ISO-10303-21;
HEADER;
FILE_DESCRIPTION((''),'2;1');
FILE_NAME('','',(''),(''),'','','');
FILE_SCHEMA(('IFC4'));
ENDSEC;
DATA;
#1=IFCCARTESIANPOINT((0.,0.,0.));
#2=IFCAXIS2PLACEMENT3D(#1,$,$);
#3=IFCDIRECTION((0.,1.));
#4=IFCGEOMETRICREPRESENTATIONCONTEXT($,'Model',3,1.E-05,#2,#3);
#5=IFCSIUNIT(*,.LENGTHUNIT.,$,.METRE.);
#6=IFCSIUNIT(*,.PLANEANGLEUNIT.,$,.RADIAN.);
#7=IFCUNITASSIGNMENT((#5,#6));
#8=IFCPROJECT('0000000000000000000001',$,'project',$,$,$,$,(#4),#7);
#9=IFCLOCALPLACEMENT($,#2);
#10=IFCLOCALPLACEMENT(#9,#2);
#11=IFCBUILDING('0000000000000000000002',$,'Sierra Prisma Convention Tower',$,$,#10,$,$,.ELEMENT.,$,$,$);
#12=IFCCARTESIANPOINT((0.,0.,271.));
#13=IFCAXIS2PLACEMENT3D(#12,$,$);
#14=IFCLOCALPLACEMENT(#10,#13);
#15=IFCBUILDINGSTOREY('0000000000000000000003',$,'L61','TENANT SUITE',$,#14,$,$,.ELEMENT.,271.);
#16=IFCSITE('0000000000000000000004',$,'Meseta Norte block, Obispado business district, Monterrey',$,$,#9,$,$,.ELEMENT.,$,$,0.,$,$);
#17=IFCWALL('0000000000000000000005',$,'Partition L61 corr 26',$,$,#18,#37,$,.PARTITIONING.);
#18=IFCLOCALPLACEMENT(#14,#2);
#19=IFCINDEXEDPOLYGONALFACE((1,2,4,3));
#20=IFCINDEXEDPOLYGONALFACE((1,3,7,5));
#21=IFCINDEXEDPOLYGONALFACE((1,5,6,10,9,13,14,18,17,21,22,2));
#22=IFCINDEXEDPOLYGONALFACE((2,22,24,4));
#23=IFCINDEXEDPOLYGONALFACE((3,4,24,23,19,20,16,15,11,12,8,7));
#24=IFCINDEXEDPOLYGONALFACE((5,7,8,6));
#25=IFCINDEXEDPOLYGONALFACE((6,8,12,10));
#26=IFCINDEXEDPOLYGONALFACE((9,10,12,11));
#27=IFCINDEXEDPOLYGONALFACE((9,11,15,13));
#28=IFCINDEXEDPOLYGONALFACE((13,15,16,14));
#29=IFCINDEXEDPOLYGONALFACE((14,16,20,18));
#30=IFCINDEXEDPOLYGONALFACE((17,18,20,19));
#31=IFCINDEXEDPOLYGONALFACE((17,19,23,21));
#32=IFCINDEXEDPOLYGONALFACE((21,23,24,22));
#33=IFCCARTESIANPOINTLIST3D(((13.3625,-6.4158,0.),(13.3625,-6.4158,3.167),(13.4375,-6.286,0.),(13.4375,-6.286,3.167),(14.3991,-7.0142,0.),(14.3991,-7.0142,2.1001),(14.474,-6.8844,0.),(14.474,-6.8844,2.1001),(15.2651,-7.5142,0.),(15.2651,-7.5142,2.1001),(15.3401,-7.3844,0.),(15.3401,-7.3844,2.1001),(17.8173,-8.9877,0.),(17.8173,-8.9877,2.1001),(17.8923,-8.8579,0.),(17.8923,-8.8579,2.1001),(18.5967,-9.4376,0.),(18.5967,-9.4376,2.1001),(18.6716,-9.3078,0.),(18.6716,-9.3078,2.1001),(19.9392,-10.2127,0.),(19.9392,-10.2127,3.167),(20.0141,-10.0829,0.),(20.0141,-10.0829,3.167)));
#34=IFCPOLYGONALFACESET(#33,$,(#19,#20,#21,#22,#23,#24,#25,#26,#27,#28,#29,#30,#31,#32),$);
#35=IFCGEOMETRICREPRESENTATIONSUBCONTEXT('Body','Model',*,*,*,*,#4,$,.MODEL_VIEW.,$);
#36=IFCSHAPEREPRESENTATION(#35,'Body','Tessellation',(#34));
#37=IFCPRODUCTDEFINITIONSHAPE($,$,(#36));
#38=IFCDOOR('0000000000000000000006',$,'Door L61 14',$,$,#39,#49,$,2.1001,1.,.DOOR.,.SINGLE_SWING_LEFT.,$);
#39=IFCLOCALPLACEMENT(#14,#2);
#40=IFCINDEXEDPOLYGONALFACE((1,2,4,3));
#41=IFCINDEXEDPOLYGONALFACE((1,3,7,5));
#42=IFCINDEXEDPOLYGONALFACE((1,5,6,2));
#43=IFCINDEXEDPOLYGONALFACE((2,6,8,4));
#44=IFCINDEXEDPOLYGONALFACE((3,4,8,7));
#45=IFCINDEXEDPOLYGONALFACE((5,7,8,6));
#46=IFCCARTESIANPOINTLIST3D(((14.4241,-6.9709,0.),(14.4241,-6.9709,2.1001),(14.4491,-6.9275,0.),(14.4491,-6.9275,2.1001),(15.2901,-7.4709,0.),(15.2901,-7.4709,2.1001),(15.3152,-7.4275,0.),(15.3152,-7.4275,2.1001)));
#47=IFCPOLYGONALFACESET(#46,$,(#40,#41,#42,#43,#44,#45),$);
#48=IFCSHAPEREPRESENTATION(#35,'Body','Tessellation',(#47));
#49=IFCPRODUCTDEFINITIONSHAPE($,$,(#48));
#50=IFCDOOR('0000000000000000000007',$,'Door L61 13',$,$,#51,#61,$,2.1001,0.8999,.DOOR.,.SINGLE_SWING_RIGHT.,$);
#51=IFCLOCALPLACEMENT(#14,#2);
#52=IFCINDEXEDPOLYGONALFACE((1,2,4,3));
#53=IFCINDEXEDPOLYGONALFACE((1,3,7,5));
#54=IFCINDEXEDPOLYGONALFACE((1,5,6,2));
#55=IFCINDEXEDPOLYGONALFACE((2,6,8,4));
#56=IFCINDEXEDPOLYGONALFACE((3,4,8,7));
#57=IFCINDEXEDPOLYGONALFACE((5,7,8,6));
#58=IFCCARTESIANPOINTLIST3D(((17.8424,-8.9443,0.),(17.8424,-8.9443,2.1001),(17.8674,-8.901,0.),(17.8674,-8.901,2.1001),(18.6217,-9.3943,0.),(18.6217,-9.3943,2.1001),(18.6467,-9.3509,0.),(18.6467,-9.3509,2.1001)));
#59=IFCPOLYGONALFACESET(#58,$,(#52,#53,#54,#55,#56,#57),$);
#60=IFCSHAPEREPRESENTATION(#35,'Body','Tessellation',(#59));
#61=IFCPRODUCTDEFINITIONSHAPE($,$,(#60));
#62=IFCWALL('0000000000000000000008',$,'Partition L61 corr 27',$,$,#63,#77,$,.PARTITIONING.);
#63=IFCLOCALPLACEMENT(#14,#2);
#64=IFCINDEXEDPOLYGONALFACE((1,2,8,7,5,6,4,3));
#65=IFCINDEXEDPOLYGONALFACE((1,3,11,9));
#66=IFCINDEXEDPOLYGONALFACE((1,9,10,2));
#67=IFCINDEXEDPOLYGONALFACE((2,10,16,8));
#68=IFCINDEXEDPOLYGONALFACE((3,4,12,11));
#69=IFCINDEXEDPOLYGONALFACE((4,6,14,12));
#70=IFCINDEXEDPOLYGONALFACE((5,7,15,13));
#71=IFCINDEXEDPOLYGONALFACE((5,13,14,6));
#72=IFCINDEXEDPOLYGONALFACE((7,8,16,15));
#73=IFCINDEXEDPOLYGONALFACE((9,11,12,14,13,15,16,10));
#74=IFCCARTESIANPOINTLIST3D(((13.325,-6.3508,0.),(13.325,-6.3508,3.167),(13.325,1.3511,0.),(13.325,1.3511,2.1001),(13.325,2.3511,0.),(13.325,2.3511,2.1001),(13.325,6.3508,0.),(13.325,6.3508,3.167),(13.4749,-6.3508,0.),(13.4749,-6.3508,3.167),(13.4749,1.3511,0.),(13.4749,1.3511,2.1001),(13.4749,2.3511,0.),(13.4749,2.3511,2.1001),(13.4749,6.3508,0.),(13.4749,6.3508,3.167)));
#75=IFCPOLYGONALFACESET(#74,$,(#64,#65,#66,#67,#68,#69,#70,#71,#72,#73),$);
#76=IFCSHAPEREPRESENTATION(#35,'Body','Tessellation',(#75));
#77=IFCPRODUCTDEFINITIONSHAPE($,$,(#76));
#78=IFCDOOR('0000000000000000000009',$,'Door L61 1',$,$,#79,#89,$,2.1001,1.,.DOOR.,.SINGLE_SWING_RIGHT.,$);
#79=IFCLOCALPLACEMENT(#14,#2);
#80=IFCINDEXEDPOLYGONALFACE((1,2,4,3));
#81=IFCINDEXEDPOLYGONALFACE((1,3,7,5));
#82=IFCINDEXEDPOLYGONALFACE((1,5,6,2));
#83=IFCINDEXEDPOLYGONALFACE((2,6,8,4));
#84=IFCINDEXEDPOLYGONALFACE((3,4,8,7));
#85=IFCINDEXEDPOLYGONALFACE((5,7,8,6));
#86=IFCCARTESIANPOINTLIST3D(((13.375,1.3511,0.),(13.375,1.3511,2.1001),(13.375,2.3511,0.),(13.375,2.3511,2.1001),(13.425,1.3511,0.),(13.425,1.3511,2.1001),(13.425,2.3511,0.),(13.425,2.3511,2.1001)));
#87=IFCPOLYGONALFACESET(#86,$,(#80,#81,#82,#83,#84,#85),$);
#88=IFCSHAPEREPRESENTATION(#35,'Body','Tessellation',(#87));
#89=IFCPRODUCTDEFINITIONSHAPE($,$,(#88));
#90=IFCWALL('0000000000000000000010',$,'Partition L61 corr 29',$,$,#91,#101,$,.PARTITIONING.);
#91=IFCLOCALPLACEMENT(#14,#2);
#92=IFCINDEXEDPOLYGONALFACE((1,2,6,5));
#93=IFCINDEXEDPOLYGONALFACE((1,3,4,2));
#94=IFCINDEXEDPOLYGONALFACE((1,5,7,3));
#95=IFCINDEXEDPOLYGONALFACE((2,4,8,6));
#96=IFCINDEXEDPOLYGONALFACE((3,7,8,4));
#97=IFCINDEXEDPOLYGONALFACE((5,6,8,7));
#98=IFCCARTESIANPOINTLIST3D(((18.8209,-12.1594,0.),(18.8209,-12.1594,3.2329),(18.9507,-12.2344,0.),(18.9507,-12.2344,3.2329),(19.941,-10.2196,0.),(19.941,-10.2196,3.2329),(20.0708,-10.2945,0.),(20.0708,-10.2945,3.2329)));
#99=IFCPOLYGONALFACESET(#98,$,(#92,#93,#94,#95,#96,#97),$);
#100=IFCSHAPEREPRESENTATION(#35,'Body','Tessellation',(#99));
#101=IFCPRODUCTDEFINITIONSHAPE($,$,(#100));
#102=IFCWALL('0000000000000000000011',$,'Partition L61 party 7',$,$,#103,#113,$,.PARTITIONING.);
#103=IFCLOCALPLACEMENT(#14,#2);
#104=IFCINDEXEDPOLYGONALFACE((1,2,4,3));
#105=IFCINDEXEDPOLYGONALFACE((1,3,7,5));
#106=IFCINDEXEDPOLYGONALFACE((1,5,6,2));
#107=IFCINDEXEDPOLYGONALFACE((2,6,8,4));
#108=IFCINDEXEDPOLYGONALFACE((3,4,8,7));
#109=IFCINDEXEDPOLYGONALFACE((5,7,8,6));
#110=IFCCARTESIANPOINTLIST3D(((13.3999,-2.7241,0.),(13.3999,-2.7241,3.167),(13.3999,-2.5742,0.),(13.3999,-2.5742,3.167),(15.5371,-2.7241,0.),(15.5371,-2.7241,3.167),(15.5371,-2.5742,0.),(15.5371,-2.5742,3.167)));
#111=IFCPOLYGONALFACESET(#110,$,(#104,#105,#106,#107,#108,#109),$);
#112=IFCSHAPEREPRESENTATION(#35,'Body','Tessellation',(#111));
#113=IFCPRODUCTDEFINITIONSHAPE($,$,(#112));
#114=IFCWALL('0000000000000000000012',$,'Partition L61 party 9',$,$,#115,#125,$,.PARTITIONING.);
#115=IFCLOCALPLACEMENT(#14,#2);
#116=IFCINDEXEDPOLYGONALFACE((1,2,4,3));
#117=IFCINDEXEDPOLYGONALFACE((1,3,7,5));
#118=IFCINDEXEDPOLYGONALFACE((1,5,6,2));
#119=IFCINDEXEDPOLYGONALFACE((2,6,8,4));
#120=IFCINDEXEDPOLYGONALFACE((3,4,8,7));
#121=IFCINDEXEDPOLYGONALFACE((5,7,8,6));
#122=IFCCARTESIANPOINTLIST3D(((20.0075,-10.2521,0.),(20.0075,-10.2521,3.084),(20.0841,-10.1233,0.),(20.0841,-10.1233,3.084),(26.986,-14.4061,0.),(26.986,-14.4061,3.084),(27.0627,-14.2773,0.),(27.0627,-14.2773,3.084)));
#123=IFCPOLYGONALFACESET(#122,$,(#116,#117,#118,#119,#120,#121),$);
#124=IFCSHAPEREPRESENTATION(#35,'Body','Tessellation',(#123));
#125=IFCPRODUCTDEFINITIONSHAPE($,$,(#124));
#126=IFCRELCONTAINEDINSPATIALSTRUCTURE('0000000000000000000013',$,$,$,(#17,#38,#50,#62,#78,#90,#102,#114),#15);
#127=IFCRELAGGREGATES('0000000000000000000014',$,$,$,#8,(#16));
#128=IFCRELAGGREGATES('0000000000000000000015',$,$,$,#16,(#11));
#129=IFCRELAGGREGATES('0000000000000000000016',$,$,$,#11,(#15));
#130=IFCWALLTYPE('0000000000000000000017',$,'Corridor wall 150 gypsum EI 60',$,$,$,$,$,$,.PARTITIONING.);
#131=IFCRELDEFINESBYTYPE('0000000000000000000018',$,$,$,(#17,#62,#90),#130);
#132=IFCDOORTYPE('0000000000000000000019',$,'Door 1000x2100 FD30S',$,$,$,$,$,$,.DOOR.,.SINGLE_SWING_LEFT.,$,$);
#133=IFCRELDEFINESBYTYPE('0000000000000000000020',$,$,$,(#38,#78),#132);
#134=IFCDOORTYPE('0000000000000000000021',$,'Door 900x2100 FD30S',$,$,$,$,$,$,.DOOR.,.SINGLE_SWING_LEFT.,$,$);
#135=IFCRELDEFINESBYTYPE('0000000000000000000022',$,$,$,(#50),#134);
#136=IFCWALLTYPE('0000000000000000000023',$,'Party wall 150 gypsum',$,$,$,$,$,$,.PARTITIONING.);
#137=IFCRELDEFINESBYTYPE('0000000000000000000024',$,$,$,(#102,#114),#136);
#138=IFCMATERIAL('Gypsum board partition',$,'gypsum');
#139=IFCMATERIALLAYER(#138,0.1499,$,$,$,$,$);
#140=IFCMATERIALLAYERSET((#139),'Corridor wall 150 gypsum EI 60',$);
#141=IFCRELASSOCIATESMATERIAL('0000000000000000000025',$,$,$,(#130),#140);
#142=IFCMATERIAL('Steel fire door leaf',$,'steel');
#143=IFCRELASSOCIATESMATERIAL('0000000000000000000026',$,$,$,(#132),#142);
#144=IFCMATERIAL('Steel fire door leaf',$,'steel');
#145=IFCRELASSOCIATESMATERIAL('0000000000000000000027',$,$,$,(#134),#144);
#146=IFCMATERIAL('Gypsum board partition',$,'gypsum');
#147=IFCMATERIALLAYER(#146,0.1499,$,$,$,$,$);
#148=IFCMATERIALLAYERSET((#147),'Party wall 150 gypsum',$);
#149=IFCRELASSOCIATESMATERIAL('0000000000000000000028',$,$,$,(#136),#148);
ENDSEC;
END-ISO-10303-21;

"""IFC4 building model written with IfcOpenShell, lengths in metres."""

from ifc_helpers import new_model, si_unit, direction, frame, frame_2d, origin, place, context, subcontext, project, spatial, rectangle, extrude, material, layer, layer_set, type_object, element, fill, save


model = new_model("IFC4")

# Units and contexts
model_context = context("Model", 3, precision=1e-05, world=origin(), true_north=direction((0.0, 1.0)))
body_context = subcontext(model_context, "Body", "Model", "MODEL_VIEW")
ifc_project = project(units=[si_unit("LENGTHUNIT", "METRE"), si_unit("PLANEANGLEUNIT", "RADIAN")], contexts=[model_context])

# Site, building, storey
site_placement = place(None, origin())
site = spatial("IfcSite", under=ifc_project, at=site_placement, Name="Meseta Norte block, Obispado business district, Monterrey", CompositionType="ELEMENT", RefElevation=0.0)
building_placement = place(site_placement, origin())
building = spatial("IfcBuilding", under=site, at=building_placement, Name="Sierra Prisma Convention Tower", CompositionType="ELEMENT")
storey_placement = place(building_placement, frame((0.0, 0.0, 271.0)))
storey = spatial("IfcBuildingStorey", under=building, at=storey_placement, Name="L61", Description="TENANT SUITE", CompositionType="ELEMENT", Elevation=271.0)

# Shared definitions
ifc_material_1 = material(Name="Gypsum board partition", Category="gypsum")
ifc_layer_1 = layer(ifc_material_1, 0.1499)
ifc_layer_set_1 = layer_set([ifc_layer_1], Name="Corridor wall 150 gypsum EI 60")
wall_type_1 = type_object("IfcWallType", Name="Corridor wall 150 gypsum EI 60", PredefinedType="PARTITIONING", material=ifc_layer_set_1)

# Wall, openings, doors
wall_1_placement = place(storey_placement, frame((19.9766, -10.1477, 0.0), z_axis=(0.0, 0.0, 1.0), x_axis=(-0.866035, 0.499984, 0.0)))
wall_1 = element("IfcWall", 1, at=wall_1_placement, inside=storey, type_object=wall_type_1, Name="Partition L61 corr 26", PredefinedType="PARTITIONING", context=body_context, shape_type="SweptSolid", body=[
    extrude(rectangle(XDim=7.594, YDim=0.1499, at=frame_2d((3.7969, 0.0))), origin(), (0.0, 0.0, 1.0), 3.167),
])
opening_1_placement = place(wall_1_placement, frame((1.55, 0.0, 0.0)))
opening_1 = element("IfcOpeningElement", 2, at=opening_1_placement, cuts=wall_1, PredefinedType="OPENING", context=body_context, shape_type="SweptSolid", body=[
    extrude(rectangle(XDim=0.8999, YDim=2.1001, at=frame_2d((0.45, 1.05))), frame((0.0, 0.075, 0.0), z_axis=(0.0, -1.0, 0.0), x_axis=(1.0, 0.0, 0.0)), (0.0, 0.0, 1.0), 0.1499),
])
opening_2_placement = place(wall_1_placement, frame((5.397, 0.0, 0.0)))
opening_2 = element("IfcOpeningElement", 3, at=opening_2_placement, cuts=wall_1, PredefinedType="OPENING", context=body_context, shape_type="SweptSolid", body=[
    extrude(rectangle(XDim=1.0, YDim=2.1001, at=frame_2d((0.5, 1.05))), frame((0.0, 0.075, 0.0), z_axis=(0.0, -1.0, 0.0), x_axis=(1.0, 0.0, 0.0)), (0.0, 0.0, 1.0), 0.1499),
])
ifc_material_2 = material(Name="Steel fire door leaf", Category="steel")
door_type_1 = type_object("IfcDoorType", Name="Door 1000x2100 FD30S", OperationType="SINGLE_SWING_LEFT", PredefinedType="DOOR", material=ifc_material_2)
door_1_placement = place(opening_2_placement, origin())
door_1 = element("IfcDoor", 4, at=door_1_placement, inside=storey, type_object=door_type_1, Name="Door L61 14", OperationType="SINGLE_SWING_LEFT", OverallHeight=2.1001, OverallWidth=1.0, PredefinedType="DOOR", context=body_context, shape_type="SweptSolid", body=[
    extrude(rectangle(XDim=1.0, YDim=2.1001, at=frame_2d((0.5, 1.05))), frame((0.0, 0.0249, 0.0), z_axis=(0.0, -1.0, 0.0), x_axis=(1.0, 0.0, 0.0)), (0.0, 0.0, 1.0), 0.05),
])
fill(opening_2, door_1)
ifc_material_3 = material(Name="Steel fire door leaf", Category="steel")
door_type_2 = type_object("IfcDoorType", Name="Door 900x2100 FD30S", OperationType="SINGLE_SWING_LEFT", PredefinedType="DOOR", material=ifc_material_3)
door_2_placement = place(opening_1_placement, origin())
door_2 = element("IfcDoor", 5, at=door_2_placement, inside=storey, type_object=door_type_2, Name="Door L61 13", OperationType="SINGLE_SWING_RIGHT", OverallHeight=2.1001, OverallWidth=0.8999, PredefinedType="DOOR", context=body_context, shape_type="SweptSolid", body=[
    extrude(rectangle(XDim=0.8999, YDim=2.1001, at=frame_2d((0.45, 1.05))), frame((0.0, 0.0249, 0.0), z_axis=(0.0, -1.0, 0.0), x_axis=(1.0, 0.0, 0.0)), (0.0, 0.0, 1.0), 0.05),
])
fill(opening_1, door_2)

# Wall, opening, door
wall_2_placement = place(storey_placement, frame((13.3999, -6.3508, 0.0), z_axis=(0.0, 0.0, 1.0), x_axis=(0.0, 1.0, 0.0)))
wall_2 = element("IfcWall", 6, at=wall_2_placement, inside=storey, type_object=wall_type_1, Name="Partition L61 corr 27", PredefinedType="PARTITIONING", context=body_context, shape_type="SweptSolid", body=[
    extrude(rectangle(XDim=12.7017, YDim=0.1499, at=frame_2d((6.3508, 0.0))), origin(), (0.0, 0.0, 1.0), 3.167),
])
opening_3_placement = place(wall_2_placement, frame((7.7019, 0.0, 0.0)))
opening_3 = element("IfcOpeningElement", 7, at=opening_3_placement, cuts=wall_2, PredefinedType="OPENING", context=body_context, shape_type="SweptSolid", body=[
    extrude(rectangle(XDim=1.0, YDim=2.1001, at=frame_2d((0.5, 1.05))), frame((0.0, 0.075, 0.0), z_axis=(0.0, -1.0, 0.0), x_axis=(1.0, 0.0, 0.0)), (0.0, 0.0, 1.0), 0.1499),
])
door_3_placement = place(opening_3_placement, origin())
door_3 = element("IfcDoor", 8, at=door_3_placement, inside=storey, type_object=door_type_1, Name="Door L61 1", OperationType="SINGLE_SWING_RIGHT", OverallHeight=2.1001, OverallWidth=1.0, PredefinedType="DOOR", context=body_context, shape_type="SweptSolid", body=[
    extrude(rectangle(XDim=1.0, YDim=2.1001, at=frame_2d((0.5, 1.05))), frame((0.0, 0.0249, 0.0), z_axis=(0.0, -1.0, 0.0), x_axis=(1.0, 0.0, 0.0)), (0.0, 0.0, 1.0), 0.05),
])
fill(opening_3, door_3)

# Walls
wall_3_placement = place(storey_placement, frame((18.8857, -12.197, 0.0), z_axis=(0.0, 0.0, 1.0), x_axis=(0.500031, 0.866008, 0.0)))
element("IfcWall", 9, at=wall_3_placement, inside=storey, type_object=wall_type_1, Name="Partition L61 corr 29", PredefinedType="PARTITIONING", context=body_context, shape_type="SweptSolid", body=[
    extrude(rectangle(XDim=2.24, YDim=0.1499, at=frame_2d((1.1201, 0.0))), origin(), (0.0, 0.0, 1.0), 3.2329),
])
ifc_material_4 = material(Name="Gypsum board partition", Category="gypsum")
ifc_layer_2 = layer(ifc_material_4, 0.1499)
ifc_layer_set_2 = layer_set([ifc_layer_2], Name="Party wall 150 gypsum")
wall_type_2 = type_object("IfcWallType", Name="Party wall 150 gypsum", PredefinedType="PARTITIONING", material=ifc_layer_set_2)
wall_4_placement = place(storey_placement, frame((15.5371, -2.6492, 0.0), z_axis=(0.0, 0.0, 1.0), x_axis=(-1.0, 0.0, 0.0)))
element("IfcWall", 10, at=wall_4_placement, inside=storey, type_object=wall_type_2, Name="Partition L61 party 7", PredefinedType="PARTITIONING", context=body_context, shape_type="SweptSolid", body=[
    extrude(rectangle(XDim=2.1372, YDim=0.1499, at=frame_2d((1.0686, 0.0))), origin(), (0.0, 0.0, 1.0), 3.167),
])
wall_5_placement = place(storey_placement, frame((20.0459, -10.1877, 0.0), z_axis=(0.0, 0.0, 1.0), x_axis=(0.859283, -0.5115, 0.0)))
element("IfcWall", 11, at=wall_5_placement, inside=storey, type_object=wall_type_2, Name="Partition L61 party 9", PredefinedType="PARTITIONING", context=body_context, shape_type="SweptSolid", body=[
    extrude(rectangle(XDim=8.1213, YDim=0.1499, at=frame_2d((4.0605, 0.0))), origin(), (0.0, 0.0, 1.0), 3.084),
])

save(model, "model.ifc")
